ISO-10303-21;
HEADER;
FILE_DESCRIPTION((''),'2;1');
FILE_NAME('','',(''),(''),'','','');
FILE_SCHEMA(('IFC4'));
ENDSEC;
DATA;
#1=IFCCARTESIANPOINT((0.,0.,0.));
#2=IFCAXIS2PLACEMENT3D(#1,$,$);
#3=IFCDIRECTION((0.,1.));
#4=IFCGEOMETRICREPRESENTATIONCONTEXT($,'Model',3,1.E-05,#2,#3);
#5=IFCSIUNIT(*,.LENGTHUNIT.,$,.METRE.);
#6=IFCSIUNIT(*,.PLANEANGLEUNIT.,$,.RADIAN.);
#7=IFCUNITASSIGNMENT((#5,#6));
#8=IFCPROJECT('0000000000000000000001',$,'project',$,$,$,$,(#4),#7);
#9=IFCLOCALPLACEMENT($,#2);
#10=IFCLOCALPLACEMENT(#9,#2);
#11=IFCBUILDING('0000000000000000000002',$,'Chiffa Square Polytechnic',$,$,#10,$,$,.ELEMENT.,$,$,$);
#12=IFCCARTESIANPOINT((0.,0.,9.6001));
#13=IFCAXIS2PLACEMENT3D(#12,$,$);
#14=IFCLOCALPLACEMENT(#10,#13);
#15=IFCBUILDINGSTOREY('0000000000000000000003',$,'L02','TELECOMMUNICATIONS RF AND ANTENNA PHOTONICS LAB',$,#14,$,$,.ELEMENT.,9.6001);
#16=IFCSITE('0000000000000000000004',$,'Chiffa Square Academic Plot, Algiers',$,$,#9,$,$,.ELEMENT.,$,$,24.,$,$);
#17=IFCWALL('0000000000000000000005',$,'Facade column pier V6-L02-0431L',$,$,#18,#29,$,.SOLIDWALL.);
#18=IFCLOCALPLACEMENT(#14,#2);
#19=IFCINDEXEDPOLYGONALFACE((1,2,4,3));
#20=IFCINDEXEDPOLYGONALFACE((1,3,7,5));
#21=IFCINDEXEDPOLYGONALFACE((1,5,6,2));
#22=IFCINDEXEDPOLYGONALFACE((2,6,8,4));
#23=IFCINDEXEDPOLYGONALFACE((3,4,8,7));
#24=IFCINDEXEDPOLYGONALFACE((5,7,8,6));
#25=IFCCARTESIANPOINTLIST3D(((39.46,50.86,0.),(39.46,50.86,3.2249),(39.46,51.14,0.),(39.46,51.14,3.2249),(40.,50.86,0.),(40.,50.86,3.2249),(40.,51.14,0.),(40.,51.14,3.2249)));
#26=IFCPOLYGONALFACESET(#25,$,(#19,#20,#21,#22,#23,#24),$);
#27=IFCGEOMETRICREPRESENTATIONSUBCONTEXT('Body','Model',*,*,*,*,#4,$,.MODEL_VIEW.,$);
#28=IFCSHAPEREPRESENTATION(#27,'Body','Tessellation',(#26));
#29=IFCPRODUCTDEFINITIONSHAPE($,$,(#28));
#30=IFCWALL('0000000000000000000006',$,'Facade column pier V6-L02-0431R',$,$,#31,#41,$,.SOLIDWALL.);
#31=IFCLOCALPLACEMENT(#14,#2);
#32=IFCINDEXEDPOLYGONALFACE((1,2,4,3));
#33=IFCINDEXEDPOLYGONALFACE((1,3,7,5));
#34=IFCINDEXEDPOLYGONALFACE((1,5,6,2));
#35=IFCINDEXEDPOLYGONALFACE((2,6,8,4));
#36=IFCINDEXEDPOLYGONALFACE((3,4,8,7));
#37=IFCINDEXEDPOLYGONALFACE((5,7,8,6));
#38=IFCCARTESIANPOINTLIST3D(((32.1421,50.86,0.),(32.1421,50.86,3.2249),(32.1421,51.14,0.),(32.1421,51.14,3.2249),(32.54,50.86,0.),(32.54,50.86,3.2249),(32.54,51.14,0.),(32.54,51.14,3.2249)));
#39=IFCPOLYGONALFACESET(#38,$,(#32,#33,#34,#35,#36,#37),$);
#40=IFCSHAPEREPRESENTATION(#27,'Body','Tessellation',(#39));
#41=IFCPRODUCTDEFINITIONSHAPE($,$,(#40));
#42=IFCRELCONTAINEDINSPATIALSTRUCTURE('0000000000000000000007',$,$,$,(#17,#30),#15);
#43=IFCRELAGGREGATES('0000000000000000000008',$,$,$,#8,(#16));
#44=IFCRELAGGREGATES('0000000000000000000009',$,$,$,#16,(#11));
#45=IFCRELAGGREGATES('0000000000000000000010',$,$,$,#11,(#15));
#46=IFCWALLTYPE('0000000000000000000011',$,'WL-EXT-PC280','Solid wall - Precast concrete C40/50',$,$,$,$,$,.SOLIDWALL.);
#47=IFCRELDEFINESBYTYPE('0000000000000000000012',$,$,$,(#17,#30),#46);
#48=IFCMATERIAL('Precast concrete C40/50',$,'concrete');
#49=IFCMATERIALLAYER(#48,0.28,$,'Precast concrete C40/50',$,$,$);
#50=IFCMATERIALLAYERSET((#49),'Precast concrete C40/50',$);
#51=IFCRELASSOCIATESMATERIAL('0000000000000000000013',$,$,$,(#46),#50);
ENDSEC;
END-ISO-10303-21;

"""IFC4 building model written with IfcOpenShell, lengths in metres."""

from ifc_helpers import new_model, si_unit, direction, frame, frame_2d, origin, place, context, subcontext, project, spatial, rectangle, extrude, material, layer, layer_set, type_object, element, save


model = new_model("IFC4")

# Units and contexts
model_context = context("Model", 3, precision=1e-05, world=origin(), true_north=direction((0.0, 1.0)))
body_context = subcontext(model_context, "Body", "Model", "MODEL_VIEW")
ifc_project = project(units=[si_unit("LENGTHUNIT", "METRE"), si_unit("PLANEANGLEUNIT", "RADIAN")], contexts=[model_context])

# Site, building, storey
site_placement = place(None, origin())
site = spatial("IfcSite", under=ifc_project, at=site_placement, Name="Chiffa Square Academic Plot, Algiers", CompositionType="ELEMENT", RefElevation=24.0)
building_placement = place(site_placement, origin())
building = spatial("IfcBuilding", under=site, at=building_placement, Name="Chiffa Square Polytechnic", CompositionType="ELEMENT")
storey_placement = place(building_placement, frame((0.0, 0.0, 9.6001)))
storey = spatial("IfcBuildingStorey", under=building, at=storey_placement, Name="L02", Description="TELECOMMUNICATIONS RF AND ANTENNA PHOTONICS LAB", CompositionType="ELEMENT", Elevation=9.6001)

# Walls
ifc_material_1 = material(Name="Precast concrete C40/50", Category="concrete")
ifc_layer_1 = layer(ifc_material_1, 0.28, Name="Precast concrete C40/50")
ifc_layer_set_1 = layer_set([ifc_layer_1], Name="Precast concrete C40/50")
wall_type = type_object("IfcWallType", Name="WL-EXT-PC280", Description="Solid wall - Precast concrete C40/50", PredefinedType="SOLIDWALL", material=ifc_layer_set_1)
wall_1_placement = place(storey_placement, frame((40.0, 51.0, 0.0), z_axis=(0.0, 0.0, 1.0), x_axis=(-1.0, 0.0, 0.0)))
element("IfcWall", 1, at=wall_1_placement, inside=storey, type_object=wall_type, Name="Facade column pier V6-L02-0431L", PredefinedType="SOLIDWALL", context=body_context, shape_type="SweptSolid", body=[
    extrude(rectangle(XDim=0.54, YDim=0.28, at=frame_2d((0.27, 0.0))), origin(), (0.0, 0.0, 1.0), 3.2249),
])
wall_2_placement = place(storey_placement, frame((32.54, 51.0, 0.0), z_axis=(0.0, 0.0, 1.0), x_axis=(-1.0, 0.0, 0.0)))
element("IfcWall", 2, at=wall_2_placement, inside=storey, type_object=wall_type, Name="Facade column pier V6-L02-0431R", PredefinedType="SOLIDWALL", context=body_context, shape_type="SweptSolid", body=[
    extrude(rectangle(XDim=0.3979, YDim=0.28, at=frame_2d((0.199, 0.0))), origin(), (0.0, 0.0, 1.0), 3.2249),
])

save(model, "model.ifc")
